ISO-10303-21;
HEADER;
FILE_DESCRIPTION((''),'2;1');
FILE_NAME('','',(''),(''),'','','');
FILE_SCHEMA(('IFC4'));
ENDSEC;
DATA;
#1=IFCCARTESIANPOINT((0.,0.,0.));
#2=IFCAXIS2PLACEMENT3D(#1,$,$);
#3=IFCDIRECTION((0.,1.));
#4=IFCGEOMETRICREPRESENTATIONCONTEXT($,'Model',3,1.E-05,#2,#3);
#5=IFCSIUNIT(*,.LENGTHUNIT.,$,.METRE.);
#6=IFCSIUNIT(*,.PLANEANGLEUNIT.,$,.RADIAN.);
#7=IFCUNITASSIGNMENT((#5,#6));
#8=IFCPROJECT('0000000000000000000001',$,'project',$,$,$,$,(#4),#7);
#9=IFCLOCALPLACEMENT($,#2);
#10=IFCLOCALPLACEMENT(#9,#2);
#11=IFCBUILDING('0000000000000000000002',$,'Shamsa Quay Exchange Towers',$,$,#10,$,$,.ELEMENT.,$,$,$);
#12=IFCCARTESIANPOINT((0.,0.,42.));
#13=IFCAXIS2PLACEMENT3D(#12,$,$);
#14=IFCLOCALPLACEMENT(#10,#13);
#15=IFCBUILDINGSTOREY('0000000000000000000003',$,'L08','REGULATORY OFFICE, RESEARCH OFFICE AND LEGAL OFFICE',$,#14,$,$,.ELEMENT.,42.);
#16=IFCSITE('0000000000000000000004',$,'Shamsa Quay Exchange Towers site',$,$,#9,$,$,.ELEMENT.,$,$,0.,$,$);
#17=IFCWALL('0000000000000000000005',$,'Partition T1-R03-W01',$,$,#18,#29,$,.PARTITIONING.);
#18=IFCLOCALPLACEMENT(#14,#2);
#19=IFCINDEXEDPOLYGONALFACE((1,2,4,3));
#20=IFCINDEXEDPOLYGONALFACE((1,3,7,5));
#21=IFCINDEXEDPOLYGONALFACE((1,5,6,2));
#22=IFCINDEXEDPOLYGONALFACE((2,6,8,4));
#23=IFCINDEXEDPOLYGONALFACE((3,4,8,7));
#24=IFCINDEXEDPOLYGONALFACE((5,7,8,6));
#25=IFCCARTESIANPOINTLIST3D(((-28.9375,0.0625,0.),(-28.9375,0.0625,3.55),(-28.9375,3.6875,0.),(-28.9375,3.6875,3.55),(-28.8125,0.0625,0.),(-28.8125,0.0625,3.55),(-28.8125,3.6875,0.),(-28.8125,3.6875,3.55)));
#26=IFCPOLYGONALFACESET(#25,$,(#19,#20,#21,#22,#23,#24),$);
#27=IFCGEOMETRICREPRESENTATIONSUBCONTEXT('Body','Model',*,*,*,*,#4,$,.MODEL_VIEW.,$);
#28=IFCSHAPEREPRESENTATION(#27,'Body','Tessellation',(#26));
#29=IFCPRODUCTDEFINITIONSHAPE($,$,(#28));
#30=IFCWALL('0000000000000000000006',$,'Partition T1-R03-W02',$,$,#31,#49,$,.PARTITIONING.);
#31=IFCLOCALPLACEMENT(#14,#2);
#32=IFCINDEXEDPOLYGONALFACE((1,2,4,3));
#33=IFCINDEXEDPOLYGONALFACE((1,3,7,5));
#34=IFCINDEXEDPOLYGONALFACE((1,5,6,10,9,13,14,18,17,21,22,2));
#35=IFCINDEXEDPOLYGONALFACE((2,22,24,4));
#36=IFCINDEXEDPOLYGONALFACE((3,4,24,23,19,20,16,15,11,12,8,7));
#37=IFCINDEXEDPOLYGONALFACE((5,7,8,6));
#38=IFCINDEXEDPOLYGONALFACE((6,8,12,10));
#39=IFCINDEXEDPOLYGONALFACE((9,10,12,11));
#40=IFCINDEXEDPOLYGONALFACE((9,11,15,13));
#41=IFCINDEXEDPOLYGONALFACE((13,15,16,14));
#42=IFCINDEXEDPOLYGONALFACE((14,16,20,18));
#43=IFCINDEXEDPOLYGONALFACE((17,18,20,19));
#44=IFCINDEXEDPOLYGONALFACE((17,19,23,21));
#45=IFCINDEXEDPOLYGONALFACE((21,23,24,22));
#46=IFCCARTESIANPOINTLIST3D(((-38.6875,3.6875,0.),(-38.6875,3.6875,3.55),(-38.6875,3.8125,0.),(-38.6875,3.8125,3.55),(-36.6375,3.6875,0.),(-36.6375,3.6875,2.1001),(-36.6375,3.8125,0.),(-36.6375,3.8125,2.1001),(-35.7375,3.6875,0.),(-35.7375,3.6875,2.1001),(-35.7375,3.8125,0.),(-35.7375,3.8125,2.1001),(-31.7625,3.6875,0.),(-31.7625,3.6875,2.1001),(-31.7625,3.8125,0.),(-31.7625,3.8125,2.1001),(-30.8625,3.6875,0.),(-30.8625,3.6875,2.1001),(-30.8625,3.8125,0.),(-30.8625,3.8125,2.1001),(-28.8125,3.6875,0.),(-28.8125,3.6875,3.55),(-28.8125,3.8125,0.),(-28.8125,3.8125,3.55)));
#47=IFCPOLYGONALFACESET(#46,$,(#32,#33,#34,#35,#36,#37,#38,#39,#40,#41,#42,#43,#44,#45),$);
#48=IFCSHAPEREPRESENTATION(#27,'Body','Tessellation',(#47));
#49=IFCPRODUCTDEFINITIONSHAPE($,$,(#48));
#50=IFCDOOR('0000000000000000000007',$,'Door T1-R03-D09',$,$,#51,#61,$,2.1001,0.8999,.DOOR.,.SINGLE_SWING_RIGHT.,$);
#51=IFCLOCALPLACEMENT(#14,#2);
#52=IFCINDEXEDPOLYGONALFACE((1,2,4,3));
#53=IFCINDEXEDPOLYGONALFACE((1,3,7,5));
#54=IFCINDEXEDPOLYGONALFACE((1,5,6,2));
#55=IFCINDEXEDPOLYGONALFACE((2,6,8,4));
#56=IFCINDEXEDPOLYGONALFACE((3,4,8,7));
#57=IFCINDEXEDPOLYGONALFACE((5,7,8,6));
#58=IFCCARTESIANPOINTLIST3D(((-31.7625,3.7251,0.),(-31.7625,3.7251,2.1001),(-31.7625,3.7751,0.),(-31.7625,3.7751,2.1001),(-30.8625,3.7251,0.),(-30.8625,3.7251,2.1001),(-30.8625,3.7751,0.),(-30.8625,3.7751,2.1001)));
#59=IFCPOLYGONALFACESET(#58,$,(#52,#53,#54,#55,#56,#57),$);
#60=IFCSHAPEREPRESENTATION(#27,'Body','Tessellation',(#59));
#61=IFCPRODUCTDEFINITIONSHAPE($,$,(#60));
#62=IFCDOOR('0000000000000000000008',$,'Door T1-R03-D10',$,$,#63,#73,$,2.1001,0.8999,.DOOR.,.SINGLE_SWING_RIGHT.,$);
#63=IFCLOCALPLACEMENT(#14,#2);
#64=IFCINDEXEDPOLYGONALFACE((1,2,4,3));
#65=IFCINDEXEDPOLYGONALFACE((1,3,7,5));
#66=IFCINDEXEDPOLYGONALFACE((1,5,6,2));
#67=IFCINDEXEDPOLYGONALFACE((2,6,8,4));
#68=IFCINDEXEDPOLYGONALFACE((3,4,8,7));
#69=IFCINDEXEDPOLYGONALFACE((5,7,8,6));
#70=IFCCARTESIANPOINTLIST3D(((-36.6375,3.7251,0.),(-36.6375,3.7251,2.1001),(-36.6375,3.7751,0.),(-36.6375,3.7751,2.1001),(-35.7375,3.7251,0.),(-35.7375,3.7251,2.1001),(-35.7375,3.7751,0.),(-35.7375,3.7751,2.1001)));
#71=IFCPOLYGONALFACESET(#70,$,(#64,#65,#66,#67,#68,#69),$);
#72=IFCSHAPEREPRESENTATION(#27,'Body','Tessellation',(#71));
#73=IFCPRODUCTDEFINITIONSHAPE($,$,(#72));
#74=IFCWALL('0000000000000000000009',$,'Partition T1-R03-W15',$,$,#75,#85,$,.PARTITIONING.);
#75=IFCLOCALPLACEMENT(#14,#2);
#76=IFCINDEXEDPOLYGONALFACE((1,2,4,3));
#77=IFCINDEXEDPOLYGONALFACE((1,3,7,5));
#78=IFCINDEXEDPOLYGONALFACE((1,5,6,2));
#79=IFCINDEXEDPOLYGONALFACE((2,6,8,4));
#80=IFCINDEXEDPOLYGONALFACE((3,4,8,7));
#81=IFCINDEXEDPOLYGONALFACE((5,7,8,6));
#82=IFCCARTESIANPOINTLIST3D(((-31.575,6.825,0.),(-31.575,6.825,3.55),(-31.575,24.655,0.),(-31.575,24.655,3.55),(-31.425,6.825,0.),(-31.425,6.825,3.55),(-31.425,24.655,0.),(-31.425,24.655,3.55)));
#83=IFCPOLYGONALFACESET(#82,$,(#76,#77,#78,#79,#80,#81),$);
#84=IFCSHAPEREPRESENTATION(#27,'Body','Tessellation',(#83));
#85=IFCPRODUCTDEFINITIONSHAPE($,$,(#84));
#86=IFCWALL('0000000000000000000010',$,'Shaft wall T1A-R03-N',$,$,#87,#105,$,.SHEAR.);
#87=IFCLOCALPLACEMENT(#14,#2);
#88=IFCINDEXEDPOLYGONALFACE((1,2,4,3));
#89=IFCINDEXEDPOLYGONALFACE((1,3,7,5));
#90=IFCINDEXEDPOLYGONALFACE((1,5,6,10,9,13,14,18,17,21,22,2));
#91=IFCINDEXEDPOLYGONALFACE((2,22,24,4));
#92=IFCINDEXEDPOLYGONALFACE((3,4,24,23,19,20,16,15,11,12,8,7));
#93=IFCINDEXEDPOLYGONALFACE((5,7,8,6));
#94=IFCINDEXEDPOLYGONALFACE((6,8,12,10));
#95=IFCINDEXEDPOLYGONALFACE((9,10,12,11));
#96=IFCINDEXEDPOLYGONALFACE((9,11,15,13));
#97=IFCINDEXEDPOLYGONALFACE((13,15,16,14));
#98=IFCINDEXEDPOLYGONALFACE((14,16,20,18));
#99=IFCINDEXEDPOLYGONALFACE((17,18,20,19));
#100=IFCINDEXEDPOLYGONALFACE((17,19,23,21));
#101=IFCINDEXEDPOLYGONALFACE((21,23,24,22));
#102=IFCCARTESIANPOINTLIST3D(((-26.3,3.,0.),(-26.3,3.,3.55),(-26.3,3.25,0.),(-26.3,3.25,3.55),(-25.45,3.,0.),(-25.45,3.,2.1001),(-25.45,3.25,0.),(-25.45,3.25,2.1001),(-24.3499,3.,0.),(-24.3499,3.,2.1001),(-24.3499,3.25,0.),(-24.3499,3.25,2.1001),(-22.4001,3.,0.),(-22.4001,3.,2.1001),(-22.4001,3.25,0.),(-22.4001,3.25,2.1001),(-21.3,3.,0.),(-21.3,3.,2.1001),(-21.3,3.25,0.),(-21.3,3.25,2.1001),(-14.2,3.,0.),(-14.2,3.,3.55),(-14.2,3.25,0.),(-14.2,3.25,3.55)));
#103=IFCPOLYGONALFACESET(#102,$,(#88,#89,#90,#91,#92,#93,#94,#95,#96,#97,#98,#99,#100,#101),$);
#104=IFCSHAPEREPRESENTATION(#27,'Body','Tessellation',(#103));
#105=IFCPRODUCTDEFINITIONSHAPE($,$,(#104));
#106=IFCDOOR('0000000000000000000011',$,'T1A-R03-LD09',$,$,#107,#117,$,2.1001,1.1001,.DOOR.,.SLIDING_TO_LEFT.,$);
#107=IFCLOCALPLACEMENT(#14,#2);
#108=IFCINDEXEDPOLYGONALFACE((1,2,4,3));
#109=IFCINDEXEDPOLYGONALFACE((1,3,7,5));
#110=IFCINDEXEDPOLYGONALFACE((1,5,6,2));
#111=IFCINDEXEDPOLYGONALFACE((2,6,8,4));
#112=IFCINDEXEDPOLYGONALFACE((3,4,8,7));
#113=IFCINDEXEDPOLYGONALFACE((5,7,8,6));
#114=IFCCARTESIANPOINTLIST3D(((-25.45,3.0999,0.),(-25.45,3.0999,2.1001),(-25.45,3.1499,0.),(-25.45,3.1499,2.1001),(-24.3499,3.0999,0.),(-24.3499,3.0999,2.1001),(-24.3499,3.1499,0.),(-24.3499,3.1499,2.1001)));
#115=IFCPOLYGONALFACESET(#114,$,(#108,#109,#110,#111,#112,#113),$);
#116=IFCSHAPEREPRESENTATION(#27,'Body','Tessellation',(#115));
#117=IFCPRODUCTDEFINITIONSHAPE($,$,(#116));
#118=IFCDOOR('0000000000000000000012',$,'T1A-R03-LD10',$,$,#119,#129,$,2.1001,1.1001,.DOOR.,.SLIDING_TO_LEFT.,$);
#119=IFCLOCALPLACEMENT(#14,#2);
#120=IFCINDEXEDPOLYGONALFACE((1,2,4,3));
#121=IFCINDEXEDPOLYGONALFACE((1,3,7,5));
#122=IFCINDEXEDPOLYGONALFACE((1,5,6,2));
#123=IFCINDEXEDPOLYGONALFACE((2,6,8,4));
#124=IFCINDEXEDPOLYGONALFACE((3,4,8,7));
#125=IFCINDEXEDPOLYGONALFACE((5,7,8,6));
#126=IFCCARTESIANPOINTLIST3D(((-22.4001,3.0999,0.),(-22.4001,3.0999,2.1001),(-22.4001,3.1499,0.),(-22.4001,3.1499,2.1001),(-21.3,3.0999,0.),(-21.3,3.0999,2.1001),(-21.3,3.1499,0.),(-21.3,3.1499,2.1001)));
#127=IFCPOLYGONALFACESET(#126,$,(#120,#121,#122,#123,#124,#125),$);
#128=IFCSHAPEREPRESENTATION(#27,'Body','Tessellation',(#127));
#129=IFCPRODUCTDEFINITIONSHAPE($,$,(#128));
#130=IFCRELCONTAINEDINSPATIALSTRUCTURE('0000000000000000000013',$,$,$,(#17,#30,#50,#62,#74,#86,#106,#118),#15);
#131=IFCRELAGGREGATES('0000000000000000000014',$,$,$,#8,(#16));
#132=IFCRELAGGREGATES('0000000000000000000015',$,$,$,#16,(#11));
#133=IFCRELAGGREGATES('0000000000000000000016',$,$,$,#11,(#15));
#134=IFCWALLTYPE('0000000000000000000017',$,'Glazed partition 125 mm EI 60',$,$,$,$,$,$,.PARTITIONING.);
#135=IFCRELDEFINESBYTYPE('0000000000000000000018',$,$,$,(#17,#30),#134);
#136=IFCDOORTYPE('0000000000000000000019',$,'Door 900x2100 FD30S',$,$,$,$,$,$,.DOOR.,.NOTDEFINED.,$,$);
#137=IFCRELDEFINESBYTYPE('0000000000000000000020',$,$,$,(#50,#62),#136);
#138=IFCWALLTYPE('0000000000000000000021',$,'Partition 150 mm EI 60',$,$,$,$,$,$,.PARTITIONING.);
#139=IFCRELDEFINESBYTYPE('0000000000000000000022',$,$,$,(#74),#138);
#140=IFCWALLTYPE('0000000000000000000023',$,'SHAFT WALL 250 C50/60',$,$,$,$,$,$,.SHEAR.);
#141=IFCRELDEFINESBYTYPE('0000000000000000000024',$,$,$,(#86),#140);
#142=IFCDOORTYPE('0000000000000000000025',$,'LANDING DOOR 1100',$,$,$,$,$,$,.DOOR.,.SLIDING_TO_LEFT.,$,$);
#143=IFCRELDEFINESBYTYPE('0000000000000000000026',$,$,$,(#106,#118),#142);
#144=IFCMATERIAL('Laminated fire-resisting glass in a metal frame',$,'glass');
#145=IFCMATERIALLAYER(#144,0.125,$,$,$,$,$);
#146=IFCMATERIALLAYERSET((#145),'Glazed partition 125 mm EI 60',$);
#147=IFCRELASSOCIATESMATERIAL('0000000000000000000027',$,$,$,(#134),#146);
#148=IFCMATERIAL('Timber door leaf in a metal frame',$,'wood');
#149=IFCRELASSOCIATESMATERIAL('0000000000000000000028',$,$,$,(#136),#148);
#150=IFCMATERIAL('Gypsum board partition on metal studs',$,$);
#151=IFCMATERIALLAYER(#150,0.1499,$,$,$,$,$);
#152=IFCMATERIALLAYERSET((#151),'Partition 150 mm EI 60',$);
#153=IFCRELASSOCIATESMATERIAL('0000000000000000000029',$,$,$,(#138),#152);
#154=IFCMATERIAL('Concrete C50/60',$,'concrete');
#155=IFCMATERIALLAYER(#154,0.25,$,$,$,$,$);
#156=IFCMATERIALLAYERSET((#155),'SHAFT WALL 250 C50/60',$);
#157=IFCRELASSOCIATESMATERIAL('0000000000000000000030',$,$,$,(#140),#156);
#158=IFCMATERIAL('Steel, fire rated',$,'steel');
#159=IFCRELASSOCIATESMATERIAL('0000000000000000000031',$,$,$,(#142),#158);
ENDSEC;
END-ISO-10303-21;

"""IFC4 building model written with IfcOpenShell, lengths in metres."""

from ifc_helpers import new_model, si_unit, direction, frame, frame_2d, origin, place, context, subcontext, project, spatial, rectangle, extrude, material, layer, layer_set, type_object, element, fill, save


model = new_model("IFC4")

# Units and contexts
model_context = context("Model", 3, precision=1e-05, world=origin(), true_north=direction((0.0, 1.0)))
body_context = subcontext(model_context, "Body", "Model", "MODEL_VIEW")
ifc_project = project(units=[si_unit("LENGTHUNIT", "METRE"), si_unit("PLANEANGLEUNIT", "RADIAN")], contexts=[model_context])

# Site, building, storey
site_placement = place(None, origin())
site = spatial("IfcSite", under=ifc_project, at=site_placement, Name="Shamsa Quay Exchange Towers site", CompositionType="ELEMENT", RefElevation=0.0)
building_placement = place(site_placement, origin())
building = spatial("IfcBuilding", under=site, at=building_placement, Name="Shamsa Quay Exchange Towers", CompositionType="ELEMENT")
storey_placement = place(building_placement, frame((0.0, 0.0, 42.0)))
storey = spatial("IfcBuildingStorey", under=building, at=storey_placement, Name="L08", Description="REGULATORY OFFICE, RESEARCH OFFICE AND LEGAL OFFICE", CompositionType="ELEMENT", Elevation=42.0)

# Shared definitions
ifc_material_1 = material(Name="Steel, fire rated", Category="steel")

# Wall
ifc_material_2 = material(Name="Laminated fire-resisting glass in a metal frame", Category="glass")
ifc_layer_1 = layer(ifc_material_2, 0.125)
ifc_layer_set_1 = layer_set([ifc_layer_1], Name="Glazed partition 125 mm EI 60")
wall_type_1 = type_object("IfcWallType", Name="Glazed partition 125 mm EI 60", PredefinedType="PARTITIONING", material=ifc_layer_set_1)
wall_1_placement = place(storey_placement, frame((-28.875, 0.0625, 0.0), z_axis=(0.0, 0.0, 1.0), x_axis=(0.0, 1.0, 0.0)))
element("IfcWall", 1, at=wall_1_placement, inside=storey, type_object=wall_type_1, Name="Partition T1-R03-W01", PredefinedType="PARTITIONING", context=body_context, shape_type="SweptSolid", body=[
    extrude(rectangle(XDim=3.625, YDim=0.125, at=frame_2d((1.8125, 0.0))), origin(), (0.0, 0.0, 1.0), 3.55),
])

# Wall, openings, doors
wall_2_placement = place(storey_placement, frame((-28.8125, 3.75, 0.0), z_axis=(0.0, 0.0, 1.0), x_axis=(-1.0, 0.0, 0.0)))
wall_2 = element("IfcWall", 2, at=wall_2_placement, inside=storey, type_object=wall_type_1, Name="Partition T1-R03-W02", PredefinedType="PARTITIONING", context=body_context, shape_type="SweptSolid", body=[
    extrude(rectangle(XDim=9.875, YDim=0.125, at=frame_2d((4.9375, 0.0))), origin(), (0.0, 0.0, 1.0), 3.55),
])
opening_1_placement = place(wall_2_placement, frame((2.05, 0.0, 0.0)))
opening_1 = element("IfcOpeningElement", 3, at=opening_1_placement, cuts=wall_2, PredefinedType="OPENING", context=body_context, shape_type="SweptSolid", body=[
    extrude(rectangle(XDim=0.8999, YDim=2.1001, at=frame_2d((0.45, 1.05))), frame((0.0, 0.0725, 0.0), z_axis=(0.0, -1.0, 0.0), x_axis=(1.0, 0.0, 0.0)), (0.0, 0.0, 1.0), 0.145),
])
opening_2_placement = place(wall_2_placement, frame((6.925, 0.0, 0.0)))
opening_2 = element("IfcOpeningElement", 4, at=opening_2_placement, cuts=wall_2, PredefinedType="OPENING", context=body_context, shape_type="SweptSolid", body=[
    extrude(rectangle(XDim=0.8999, YDim=2.1001, at=frame_2d((0.45, 1.05))), frame((0.0, 0.0725, 0.0), z_axis=(0.0, -1.0, 0.0), x_axis=(1.0, 0.0, 0.0)), (0.0, 0.0, 1.0), 0.145),
])
ifc_material_3 = material(Name="Timber door leaf in a metal frame", Category="wood")
door_type_1 = type_object("IfcDoorType", Name="Door 900x2100 FD30S", OperationType="NOTDEFINED", PredefinedType="DOOR", material=ifc_material_3)
door_1_placement = place(opening_1_placement, origin())
door_1 = element("IfcDoor", 5, at=door_1_placement, inside=storey, type_object=door_type_1, Name="Door T1-R03-D09", OperationType="SINGLE_SWING_RIGHT", OverallHeight=2.1001, OverallWidth=0.8999, PredefinedType="DOOR", context=body_context, shape_type="SweptSolid", body=[
    extrude(rectangle(XDim=0.8999, YDim=2.1001, at=frame_2d((0.45, 1.05))), frame((0.0, 0.0249, 0.0), z_axis=(0.0, -1.0, 0.0), x_axis=(1.0, 0.0, 0.0)), (0.0, 0.0, 1.0), 0.05),
])
fill(opening_1, door_1)
door_2_placement = place(opening_2_placement, origin())
door_2 = element("IfcDoor", 6, at=door_2_placement, inside=storey, type_object=door_type_1, Name="Door T1-R03-D10", OperationType="SINGLE_SWING_RIGHT", OverallHeight=2.1001, OverallWidth=0.8999, PredefinedType="DOOR", context=body_context, shape_type="SweptSolid", body=[
    extrude(rectangle(XDim=0.8999, YDim=2.1001, at=frame_2d((0.45, 1.05))), frame((0.0, 0.0249, 0.0), z_axis=(0.0, -1.0, 0.0), x_axis=(1.0, 0.0, 0.0)), (0.0, 0.0, 1.0), 0.05),
])
fill(opening_2, door_2)

# Wall
ifc_material_4 = material(Name="Gypsum board partition on metal studs")
ifc_layer_2 = layer(ifc_material_4, 0.1499)
ifc_layer_set_2 = layer_set([ifc_layer_2], Name="Partition 150 mm EI 60")
wall_type_2 = type_object("IfcWallType", Name="Partition 150 mm EI 60", PredefinedType="PARTITIONING", material=ifc_layer_set_2)
wall_3_placement = place(storey_placement, frame((-31.5, 6.825, 0.0), z_axis=(0.0, 0.0, 1.0), x_axis=(0.0, 1.0, 0.0)))
element("IfcWall", 7, at=wall_3_placement, inside=storey, type_object=wall_type_2, Name="Partition T1-R03-W15", PredefinedType="PARTITIONING", context=body_context, shape_type="SweptSolid", body=[
    extrude(rectangle(XDim=17.8301, YDim=0.1499, at=frame_2d((8.915, 0.0))), origin(), (0.0, 0.0, 1.0), 3.55),
])

# Wall, openings, doors
ifc_material_5 = material(Name="Concrete C50/60", Category="concrete")
ifc_layer_3 = layer(ifc_material_5, 0.25)
ifc_layer_set_3 = layer_set([ifc_layer_3], Name="SHAFT WALL 250 C50/60")
wall_type_3 = type_object("IfcWallType", Name="SHAFT WALL 250 C50/60", PredefinedType="SHEAR", material=ifc_layer_set_3)
wall_4_placement = place(storey_placement, frame((-26.3, 3.125, 0.0)))
wall_4 = element("IfcWall", 8, at=wall_4_placement, inside=storey, type_object=wall_type_3, Name="Shaft wall T1A-R03-N", PredefinedType="SHEAR", context=body_context, shape_type="SweptSolid", body=[
    extrude(rectangle(XDim=12.1001, YDim=0.25, at=frame_2d((6.05, 0.0))), origin(), (0.0, 0.0, 1.0), 3.55),
])
opening_3_placement = place(wall_4_placement, frame((0.8501, 0.0, 0.0)))
opening_3 = element("IfcOpeningElement", 9, at=opening_3_placement, cuts=wall_4, PredefinedType="OPENING", context=body_context, shape_type="SweptSolid", body=[
    extrude(rectangle(XDim=1.1001, YDim=2.1001, at=frame_2d((0.55, 1.05))), frame((0.0, 0.135, 0.0), z_axis=(0.0, -1.0, 0.0), x_axis=(1.0, 0.0, 0.0)), (0.0, 0.0, 1.0), 0.27),
])
opening_4_placement = place(wall_4_placement, frame((3.8999, 0.0, 0.0)))
opening_4 = element("IfcOpeningElement", 10, at=opening_4_placement, cuts=wall_4, PredefinedType="OPENING", context=body_context, shape_type="SweptSolid", body=[
    extrude(rectangle(XDim=1.1001, YDim=2.1001, at=frame_2d((0.55, 1.05))), frame((0.0, 0.135, 0.0), z_axis=(0.0, -1.0, 0.0), x_axis=(1.0, 0.0, 0.0)), (0.0, 0.0, 1.0), 0.27),
])
door_type_2 = type_object("IfcDoorType", Name="LANDING DOOR 1100", OperationType="SLIDING_TO_LEFT", PredefinedType="DOOR", material=ifc_material_1)
door_3_placement = place(opening_3_placement, origin())
door_3 = element("IfcDoor", 11, at=door_3_placement, inside=storey, type_object=door_type_2, Name="T1A-R03-LD09", OperationType="SLIDING_TO_LEFT", OverallHeight=2.1001, OverallWidth=1.1001, PredefinedType="DOOR", context=body_context, shape_type="SweptSolid", body=[
    extrude(rectangle(XDim=1.1001, YDim=2.1001, at=frame_2d((0.55, 1.05))), frame((0.0, 0.0249, 0.0), z_axis=(0.0, -1.0, 0.0), x_axis=(1.0, 0.0, 0.0)), (0.0, 0.0, 1.0), 0.05),
])
fill(opening_3, door_3)
door_4_placement = place(opening_4_placement, origin())
door_4 = element("IfcDoor", 12, at=door_4_placement, inside=storey, type_object=door_type_2, Name="T1A-R03-LD10", OperationType="SLIDING_TO_LEFT", OverallHeight=2.1001, OverallWidth=1.1001, PredefinedType="DOOR", context=body_context, shape_type="SweptSolid", body=[
    extrude(rectangle(XDim=1.1001, YDim=2.1001, at=frame_2d((0.55, 1.05))), frame((0.0, 0.0249, 0.0), z_axis=(0.0, -1.0, 0.0), x_axis=(1.0, 0.0, 0.0)), (0.0, 0.0, 1.0), 0.05),
])
fill(opening_4, door_4)

save(model, "model.ifc")
